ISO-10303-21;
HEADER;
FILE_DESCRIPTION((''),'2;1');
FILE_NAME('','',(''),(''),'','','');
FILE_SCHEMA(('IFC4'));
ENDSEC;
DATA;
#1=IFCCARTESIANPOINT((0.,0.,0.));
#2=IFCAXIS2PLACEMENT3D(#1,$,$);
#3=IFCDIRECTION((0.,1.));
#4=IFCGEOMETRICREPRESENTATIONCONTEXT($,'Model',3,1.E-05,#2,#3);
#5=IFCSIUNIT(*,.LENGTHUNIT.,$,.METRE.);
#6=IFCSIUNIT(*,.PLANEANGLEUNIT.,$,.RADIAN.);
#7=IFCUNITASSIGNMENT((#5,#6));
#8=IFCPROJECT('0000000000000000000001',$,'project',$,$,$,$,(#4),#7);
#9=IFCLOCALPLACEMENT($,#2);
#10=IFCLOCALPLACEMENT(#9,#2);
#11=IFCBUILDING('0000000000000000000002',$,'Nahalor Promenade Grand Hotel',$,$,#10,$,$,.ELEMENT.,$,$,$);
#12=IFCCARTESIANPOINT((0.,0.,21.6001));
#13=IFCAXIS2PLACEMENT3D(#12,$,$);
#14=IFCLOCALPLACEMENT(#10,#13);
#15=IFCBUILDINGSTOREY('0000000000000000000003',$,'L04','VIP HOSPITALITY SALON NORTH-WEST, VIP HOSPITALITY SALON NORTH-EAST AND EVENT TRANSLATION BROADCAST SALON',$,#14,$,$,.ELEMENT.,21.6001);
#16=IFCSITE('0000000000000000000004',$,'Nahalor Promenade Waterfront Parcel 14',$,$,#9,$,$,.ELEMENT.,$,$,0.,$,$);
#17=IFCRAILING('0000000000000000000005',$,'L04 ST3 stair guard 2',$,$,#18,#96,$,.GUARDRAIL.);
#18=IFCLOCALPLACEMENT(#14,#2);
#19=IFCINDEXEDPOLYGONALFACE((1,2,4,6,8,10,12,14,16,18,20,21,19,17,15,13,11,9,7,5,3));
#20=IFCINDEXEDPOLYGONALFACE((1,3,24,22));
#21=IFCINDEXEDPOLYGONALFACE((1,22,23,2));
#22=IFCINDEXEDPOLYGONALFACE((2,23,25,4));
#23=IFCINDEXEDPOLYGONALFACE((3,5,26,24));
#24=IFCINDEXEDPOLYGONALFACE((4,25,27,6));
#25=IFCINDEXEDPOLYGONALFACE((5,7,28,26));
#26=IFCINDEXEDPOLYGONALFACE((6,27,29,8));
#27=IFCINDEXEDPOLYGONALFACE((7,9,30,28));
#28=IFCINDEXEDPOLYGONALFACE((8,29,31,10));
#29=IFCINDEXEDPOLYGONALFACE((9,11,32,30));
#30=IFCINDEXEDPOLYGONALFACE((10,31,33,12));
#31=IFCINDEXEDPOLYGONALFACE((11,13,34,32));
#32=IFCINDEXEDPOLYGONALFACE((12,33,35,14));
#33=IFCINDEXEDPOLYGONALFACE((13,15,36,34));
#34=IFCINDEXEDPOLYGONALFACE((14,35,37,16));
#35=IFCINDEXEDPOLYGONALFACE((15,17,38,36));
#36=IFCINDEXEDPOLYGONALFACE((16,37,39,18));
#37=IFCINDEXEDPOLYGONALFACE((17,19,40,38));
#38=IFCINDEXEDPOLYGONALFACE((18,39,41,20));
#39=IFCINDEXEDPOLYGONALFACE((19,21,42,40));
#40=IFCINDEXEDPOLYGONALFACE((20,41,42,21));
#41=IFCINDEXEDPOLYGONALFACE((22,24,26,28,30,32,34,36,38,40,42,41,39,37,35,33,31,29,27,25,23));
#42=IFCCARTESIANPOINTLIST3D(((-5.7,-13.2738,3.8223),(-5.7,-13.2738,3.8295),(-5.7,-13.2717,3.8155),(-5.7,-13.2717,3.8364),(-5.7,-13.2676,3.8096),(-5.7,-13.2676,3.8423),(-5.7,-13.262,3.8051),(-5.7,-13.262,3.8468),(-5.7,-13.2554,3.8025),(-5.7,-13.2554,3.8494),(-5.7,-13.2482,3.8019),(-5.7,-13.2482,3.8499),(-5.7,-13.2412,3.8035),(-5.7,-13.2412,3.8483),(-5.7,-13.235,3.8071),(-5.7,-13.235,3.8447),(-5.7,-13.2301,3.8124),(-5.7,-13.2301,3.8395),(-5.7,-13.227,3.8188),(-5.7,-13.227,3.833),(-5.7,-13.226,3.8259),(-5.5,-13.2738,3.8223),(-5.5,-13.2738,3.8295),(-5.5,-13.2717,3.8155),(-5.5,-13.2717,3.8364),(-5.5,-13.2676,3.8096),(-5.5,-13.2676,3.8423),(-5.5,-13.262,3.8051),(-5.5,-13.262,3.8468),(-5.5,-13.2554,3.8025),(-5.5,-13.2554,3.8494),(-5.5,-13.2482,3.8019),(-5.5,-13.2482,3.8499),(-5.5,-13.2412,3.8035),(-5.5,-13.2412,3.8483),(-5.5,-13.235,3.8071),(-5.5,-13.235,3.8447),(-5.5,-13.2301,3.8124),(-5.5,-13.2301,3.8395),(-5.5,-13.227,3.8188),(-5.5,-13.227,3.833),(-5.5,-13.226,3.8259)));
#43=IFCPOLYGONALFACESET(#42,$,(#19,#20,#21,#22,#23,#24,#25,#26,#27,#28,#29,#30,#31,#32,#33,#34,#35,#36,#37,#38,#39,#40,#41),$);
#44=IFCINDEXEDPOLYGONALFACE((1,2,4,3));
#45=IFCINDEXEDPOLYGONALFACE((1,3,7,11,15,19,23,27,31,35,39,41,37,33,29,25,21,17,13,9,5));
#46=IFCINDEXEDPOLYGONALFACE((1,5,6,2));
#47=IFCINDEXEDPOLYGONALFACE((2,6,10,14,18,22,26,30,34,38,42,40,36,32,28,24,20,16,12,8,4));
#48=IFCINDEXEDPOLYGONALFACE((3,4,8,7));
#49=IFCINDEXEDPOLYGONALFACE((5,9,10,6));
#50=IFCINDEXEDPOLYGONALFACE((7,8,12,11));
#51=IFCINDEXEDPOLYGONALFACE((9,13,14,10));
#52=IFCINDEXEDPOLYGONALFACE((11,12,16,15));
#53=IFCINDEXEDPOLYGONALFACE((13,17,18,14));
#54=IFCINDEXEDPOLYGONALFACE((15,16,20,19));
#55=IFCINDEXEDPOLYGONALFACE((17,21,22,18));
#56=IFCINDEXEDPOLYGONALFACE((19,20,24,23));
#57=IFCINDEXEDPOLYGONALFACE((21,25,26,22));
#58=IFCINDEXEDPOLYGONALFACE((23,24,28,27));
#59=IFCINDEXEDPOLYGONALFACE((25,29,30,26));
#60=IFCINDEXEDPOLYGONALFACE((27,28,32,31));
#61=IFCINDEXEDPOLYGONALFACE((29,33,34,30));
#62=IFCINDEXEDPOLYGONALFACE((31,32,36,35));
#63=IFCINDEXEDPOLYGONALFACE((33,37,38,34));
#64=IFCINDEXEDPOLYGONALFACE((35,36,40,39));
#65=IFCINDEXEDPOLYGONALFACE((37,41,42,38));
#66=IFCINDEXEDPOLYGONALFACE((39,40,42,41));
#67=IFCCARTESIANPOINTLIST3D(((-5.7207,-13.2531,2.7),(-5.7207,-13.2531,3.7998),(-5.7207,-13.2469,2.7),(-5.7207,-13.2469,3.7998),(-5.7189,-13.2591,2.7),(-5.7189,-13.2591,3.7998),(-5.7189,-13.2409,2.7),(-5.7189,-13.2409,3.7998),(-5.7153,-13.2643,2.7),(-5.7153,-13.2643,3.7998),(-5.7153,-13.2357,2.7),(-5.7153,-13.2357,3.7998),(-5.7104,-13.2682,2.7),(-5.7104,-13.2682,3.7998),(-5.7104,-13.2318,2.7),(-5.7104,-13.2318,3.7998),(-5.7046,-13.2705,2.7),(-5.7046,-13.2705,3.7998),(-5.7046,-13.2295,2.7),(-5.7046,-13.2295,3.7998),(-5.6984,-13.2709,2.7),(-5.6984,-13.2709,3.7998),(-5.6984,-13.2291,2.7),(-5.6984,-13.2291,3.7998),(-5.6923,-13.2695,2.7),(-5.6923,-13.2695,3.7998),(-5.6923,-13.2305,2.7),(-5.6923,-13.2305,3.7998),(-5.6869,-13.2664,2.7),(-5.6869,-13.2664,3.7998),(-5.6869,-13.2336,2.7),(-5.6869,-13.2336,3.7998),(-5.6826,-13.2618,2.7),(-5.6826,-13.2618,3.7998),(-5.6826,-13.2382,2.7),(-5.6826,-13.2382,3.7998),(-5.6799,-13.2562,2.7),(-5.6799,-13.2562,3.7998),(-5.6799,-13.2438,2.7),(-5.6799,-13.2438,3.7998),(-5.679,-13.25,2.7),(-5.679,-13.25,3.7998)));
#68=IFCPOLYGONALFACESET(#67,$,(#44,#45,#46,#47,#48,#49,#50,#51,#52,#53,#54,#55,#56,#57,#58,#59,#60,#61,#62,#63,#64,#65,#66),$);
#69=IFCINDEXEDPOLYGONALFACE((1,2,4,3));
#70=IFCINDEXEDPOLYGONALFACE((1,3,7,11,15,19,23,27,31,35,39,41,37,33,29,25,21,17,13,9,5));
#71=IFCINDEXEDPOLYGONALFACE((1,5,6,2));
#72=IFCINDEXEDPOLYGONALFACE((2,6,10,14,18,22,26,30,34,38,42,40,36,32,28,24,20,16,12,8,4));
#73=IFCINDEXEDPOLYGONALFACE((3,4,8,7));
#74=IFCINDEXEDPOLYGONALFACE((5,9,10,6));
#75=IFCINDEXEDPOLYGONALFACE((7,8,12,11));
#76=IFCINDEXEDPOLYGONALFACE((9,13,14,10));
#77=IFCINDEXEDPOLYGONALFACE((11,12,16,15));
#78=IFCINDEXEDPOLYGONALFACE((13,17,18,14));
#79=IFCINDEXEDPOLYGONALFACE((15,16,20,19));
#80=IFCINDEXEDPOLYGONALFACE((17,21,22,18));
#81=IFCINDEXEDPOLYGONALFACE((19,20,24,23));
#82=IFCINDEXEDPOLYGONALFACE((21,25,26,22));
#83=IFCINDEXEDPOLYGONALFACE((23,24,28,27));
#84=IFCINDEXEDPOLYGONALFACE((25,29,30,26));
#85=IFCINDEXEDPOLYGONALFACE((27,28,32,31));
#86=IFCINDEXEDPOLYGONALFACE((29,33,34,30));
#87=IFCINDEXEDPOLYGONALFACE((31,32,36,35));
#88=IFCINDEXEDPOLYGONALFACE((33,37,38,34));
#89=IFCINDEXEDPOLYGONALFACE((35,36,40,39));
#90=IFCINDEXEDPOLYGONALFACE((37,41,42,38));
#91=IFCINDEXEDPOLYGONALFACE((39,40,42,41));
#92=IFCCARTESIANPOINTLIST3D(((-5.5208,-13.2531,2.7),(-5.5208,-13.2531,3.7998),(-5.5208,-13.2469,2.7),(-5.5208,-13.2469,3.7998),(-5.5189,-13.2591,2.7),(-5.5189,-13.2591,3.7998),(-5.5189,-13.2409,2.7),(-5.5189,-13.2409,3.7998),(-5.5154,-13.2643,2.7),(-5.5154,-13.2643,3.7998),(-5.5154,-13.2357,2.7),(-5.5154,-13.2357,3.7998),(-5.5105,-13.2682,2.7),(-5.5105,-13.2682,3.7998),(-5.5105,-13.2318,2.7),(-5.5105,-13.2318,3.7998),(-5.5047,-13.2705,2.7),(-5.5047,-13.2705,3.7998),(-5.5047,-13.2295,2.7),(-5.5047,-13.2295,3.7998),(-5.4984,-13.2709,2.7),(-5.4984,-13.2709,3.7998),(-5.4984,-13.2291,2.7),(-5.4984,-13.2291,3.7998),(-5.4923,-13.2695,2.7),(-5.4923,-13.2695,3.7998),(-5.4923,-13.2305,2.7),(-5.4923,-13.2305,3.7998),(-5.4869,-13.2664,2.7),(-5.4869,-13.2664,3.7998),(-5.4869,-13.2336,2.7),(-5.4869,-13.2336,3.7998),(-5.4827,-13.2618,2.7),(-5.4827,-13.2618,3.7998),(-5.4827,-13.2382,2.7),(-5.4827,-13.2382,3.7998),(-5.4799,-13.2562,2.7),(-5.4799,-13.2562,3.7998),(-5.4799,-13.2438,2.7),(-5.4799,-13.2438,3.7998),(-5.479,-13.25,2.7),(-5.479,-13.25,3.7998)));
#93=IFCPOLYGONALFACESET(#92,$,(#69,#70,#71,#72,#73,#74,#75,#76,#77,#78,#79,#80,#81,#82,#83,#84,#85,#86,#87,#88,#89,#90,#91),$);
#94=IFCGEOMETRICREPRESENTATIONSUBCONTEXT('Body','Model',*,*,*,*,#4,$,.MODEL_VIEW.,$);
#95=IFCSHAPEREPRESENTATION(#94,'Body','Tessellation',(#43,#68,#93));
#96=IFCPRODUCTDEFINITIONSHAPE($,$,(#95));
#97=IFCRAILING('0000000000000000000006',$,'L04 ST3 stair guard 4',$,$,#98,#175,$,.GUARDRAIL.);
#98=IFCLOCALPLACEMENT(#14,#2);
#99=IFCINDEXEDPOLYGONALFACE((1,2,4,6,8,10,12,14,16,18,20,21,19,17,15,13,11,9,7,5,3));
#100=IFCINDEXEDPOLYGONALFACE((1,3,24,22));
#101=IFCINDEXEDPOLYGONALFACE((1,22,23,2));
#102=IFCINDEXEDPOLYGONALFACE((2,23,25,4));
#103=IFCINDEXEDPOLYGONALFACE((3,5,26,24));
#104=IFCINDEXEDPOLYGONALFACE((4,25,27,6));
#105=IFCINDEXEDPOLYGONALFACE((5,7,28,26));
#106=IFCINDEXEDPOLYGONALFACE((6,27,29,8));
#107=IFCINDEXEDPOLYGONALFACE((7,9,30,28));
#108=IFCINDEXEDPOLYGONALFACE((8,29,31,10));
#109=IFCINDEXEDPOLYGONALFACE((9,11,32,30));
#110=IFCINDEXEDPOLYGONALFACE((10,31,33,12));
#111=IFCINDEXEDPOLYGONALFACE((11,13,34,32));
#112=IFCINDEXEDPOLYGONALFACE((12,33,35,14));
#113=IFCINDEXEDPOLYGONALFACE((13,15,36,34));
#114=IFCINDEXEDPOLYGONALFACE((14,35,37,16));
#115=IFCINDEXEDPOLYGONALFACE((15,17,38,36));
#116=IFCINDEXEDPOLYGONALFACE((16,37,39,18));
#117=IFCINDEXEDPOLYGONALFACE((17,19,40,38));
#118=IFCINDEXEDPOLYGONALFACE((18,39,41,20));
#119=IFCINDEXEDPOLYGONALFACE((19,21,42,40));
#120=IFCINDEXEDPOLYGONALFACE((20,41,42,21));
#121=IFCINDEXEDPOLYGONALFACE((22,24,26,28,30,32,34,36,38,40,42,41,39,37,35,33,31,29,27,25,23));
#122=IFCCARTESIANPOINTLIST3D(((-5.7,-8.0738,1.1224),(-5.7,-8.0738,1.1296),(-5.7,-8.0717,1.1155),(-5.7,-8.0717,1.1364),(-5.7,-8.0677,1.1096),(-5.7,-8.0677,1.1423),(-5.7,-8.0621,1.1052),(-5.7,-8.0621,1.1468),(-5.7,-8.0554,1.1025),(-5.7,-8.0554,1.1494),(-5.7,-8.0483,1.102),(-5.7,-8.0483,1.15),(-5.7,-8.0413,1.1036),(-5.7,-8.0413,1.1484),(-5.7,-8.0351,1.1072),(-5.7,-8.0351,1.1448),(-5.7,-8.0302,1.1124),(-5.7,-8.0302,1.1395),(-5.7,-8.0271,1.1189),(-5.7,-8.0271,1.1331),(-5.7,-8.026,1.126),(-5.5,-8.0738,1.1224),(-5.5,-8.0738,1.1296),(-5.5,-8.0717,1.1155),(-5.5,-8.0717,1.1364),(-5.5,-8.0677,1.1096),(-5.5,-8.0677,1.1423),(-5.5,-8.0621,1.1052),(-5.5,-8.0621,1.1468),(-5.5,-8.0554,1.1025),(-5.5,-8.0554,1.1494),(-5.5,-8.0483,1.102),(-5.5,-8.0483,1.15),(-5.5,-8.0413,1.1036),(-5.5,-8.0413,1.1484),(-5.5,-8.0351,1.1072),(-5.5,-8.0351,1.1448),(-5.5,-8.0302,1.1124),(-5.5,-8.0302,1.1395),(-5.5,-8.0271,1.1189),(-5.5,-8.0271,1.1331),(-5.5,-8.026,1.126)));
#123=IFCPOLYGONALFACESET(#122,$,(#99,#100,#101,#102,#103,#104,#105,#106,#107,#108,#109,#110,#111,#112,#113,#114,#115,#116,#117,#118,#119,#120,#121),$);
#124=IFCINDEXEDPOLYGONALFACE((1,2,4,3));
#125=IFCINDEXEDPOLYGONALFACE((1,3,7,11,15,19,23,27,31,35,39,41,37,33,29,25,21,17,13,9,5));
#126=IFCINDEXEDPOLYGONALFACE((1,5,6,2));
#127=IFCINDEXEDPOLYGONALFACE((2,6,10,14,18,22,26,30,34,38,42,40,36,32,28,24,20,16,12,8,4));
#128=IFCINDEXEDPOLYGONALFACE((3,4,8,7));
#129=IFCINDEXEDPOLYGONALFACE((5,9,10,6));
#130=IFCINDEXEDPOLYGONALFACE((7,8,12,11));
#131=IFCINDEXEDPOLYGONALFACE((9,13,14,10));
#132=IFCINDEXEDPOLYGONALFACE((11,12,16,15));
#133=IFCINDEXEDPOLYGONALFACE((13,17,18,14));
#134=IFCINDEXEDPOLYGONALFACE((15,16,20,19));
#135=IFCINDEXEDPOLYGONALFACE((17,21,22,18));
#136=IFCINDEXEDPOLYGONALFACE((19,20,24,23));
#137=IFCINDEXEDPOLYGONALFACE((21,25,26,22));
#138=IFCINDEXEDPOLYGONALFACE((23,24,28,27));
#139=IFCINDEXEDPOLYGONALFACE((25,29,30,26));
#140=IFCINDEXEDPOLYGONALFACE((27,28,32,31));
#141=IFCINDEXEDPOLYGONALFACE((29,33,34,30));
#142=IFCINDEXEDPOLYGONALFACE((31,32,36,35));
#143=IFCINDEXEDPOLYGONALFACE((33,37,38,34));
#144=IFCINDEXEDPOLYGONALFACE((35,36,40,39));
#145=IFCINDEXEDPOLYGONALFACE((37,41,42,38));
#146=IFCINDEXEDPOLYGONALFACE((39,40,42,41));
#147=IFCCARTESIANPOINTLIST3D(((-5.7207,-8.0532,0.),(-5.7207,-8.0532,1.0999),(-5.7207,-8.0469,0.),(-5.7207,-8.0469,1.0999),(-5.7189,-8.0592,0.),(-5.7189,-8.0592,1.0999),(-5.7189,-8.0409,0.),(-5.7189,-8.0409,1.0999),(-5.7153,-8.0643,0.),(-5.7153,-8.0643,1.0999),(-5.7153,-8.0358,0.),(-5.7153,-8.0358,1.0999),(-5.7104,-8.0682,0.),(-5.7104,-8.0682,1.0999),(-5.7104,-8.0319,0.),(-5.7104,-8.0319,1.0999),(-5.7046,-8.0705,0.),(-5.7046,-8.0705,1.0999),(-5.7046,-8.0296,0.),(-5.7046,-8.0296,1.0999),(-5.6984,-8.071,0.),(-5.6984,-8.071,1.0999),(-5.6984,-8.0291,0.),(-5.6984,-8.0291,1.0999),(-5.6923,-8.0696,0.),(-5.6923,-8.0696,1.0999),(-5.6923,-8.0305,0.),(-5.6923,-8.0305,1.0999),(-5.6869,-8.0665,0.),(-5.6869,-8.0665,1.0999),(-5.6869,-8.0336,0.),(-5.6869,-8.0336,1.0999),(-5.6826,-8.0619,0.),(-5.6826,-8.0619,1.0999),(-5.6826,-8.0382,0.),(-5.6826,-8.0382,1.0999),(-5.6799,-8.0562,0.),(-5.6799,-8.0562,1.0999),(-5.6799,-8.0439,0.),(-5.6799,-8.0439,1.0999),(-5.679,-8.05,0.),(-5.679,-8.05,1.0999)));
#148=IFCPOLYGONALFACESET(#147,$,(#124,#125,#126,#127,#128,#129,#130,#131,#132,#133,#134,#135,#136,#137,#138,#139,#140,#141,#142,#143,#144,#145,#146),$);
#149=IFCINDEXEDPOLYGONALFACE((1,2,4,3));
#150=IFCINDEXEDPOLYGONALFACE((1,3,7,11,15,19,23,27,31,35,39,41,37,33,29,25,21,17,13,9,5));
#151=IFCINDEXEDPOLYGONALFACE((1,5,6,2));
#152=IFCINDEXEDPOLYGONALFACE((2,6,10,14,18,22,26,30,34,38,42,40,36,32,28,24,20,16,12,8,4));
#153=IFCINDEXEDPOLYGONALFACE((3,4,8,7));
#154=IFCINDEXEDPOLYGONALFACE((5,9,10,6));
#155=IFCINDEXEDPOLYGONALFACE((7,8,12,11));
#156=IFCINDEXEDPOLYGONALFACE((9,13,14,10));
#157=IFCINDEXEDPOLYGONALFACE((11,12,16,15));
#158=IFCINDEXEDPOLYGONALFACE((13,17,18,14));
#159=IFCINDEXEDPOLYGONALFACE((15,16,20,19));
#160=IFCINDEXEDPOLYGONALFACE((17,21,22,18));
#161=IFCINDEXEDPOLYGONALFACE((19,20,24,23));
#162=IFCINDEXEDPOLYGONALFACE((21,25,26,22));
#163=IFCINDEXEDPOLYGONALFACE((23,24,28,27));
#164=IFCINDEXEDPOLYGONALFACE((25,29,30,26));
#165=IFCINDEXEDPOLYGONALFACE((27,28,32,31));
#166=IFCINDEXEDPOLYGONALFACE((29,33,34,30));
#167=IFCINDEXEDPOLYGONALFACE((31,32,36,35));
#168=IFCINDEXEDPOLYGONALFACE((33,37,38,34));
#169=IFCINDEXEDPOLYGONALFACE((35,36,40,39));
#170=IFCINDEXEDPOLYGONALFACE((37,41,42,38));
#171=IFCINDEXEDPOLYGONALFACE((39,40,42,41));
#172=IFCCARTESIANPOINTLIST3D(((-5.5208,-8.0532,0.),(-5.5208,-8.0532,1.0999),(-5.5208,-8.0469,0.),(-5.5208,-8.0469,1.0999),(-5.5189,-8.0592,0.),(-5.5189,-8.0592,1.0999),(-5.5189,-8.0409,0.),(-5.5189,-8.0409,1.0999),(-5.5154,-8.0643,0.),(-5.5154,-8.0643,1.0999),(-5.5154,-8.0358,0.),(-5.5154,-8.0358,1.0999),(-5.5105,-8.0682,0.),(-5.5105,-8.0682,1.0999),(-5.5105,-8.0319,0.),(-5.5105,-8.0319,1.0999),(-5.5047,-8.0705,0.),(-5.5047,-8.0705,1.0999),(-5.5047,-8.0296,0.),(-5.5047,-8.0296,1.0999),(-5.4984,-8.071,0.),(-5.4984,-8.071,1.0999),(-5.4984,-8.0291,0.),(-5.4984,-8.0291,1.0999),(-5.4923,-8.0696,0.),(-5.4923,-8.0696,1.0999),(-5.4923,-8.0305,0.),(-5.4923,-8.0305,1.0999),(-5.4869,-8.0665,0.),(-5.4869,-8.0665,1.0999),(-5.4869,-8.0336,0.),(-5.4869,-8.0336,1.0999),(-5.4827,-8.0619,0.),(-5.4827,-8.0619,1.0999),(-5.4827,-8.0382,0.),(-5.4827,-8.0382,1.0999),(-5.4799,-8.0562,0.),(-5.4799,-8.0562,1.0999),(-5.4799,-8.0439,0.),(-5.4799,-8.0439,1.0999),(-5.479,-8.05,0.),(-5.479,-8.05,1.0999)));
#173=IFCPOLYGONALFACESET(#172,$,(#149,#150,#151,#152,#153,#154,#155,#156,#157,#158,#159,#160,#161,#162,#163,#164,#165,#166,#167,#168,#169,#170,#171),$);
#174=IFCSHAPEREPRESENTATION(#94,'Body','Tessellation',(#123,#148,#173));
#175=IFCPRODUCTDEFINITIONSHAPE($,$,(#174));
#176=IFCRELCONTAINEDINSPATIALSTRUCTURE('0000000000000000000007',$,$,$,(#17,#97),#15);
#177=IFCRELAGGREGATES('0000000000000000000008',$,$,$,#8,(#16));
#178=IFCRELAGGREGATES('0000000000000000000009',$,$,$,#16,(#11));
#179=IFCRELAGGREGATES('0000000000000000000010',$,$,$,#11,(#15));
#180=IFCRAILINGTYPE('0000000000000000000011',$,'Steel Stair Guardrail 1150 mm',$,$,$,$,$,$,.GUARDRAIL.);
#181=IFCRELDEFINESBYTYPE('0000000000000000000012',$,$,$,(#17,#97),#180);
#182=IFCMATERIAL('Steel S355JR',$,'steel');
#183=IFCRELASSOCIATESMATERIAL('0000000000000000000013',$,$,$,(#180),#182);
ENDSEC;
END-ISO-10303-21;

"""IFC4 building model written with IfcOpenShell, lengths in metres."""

from ifc_helpers import new_model, si_unit, direction, frame, origin, origin_2d, place, context, subcontext, project, spatial, circle, extrude, material, type_object, element, save


model = new_model("IFC4")

# Units and contexts
model_context = context("Model", 3, precision=1e-05, world=origin(), true_north=direction((0.0, 1.0)))
body_context = subcontext(model_context, "Body", "Model", "MODEL_VIEW")
ifc_project = project(units=[si_unit("LENGTHUNIT", "METRE"), si_unit("PLANEANGLEUNIT", "RADIAN")], contexts=[model_context])

# Site, building, storey
site_placement = place(None, origin())
site = spatial("IfcSite", under=ifc_project, at=site_placement, Name="Nahalor Promenade Waterfront Parcel 14", CompositionType="ELEMENT", RefElevation=0.0)
building_placement = place(site_placement, origin())
building = spatial("IfcBuilding", under=site, at=building_placement, Name="Nahalor Promenade Grand Hotel", CompositionType="ELEMENT")
storey_placement = place(building_placement, frame((0.0, 0.0, 21.6001)))
storey = spatial("IfcBuildingStorey", under=building, at=storey_placement, Name="L04", Description="VIP HOSPITALITY SALON NORTH-WEST, VIP HOSPITALITY SALON NORTH-EAST AND EVENT TRANSLATION BROADCAST SALON", CompositionType="ELEMENT", Elevation=21.6001)

# Shared definitions
ifc_material_1 = material(Name="Steel S355JR", Category="steel")

# Railings
railing_type_1 = type_object("IfcRailingType", Name="Steel Stair Guardrail 1150 mm", PredefinedType="GUARDRAIL", material=ifc_material_1)
for number, where, name in (
    (1, (-5.7, -13.25, 2.7), "L04 ST3 stair guard 2"),
    (2, (-5.7, -8.05, 0.0), "L04 ST3 stair guard 4"),
):
    element("IfcRailing", number, at=place(storey_placement, frame(where)), inside=storey, type_object=railing_type_1, Name=name, PredefinedType="GUARDRAIL", context=body_context, shape_type="SweptSolid", body=[
        extrude(circle(Radius=0.024, at=origin_2d()), frame((0.0, 0.0, 1.126), z_axis=(1.0, 0.0, 0.0), x_axis=(0.0, 1.0, 0.0)), (0.0, 0.0, 1.0), 0.2),
        extrude(circle(Radius=0.021, at=origin_2d()), origin(), (0.0, 0.0, 1.0), 1.0999),
        extrude(circle(Radius=0.021, at=origin_2d()), frame((0.2, 0.0, 0.0)), (0.0, 0.0, 1.0), 1.0999),
    ])

save(model, "model.ifc")
